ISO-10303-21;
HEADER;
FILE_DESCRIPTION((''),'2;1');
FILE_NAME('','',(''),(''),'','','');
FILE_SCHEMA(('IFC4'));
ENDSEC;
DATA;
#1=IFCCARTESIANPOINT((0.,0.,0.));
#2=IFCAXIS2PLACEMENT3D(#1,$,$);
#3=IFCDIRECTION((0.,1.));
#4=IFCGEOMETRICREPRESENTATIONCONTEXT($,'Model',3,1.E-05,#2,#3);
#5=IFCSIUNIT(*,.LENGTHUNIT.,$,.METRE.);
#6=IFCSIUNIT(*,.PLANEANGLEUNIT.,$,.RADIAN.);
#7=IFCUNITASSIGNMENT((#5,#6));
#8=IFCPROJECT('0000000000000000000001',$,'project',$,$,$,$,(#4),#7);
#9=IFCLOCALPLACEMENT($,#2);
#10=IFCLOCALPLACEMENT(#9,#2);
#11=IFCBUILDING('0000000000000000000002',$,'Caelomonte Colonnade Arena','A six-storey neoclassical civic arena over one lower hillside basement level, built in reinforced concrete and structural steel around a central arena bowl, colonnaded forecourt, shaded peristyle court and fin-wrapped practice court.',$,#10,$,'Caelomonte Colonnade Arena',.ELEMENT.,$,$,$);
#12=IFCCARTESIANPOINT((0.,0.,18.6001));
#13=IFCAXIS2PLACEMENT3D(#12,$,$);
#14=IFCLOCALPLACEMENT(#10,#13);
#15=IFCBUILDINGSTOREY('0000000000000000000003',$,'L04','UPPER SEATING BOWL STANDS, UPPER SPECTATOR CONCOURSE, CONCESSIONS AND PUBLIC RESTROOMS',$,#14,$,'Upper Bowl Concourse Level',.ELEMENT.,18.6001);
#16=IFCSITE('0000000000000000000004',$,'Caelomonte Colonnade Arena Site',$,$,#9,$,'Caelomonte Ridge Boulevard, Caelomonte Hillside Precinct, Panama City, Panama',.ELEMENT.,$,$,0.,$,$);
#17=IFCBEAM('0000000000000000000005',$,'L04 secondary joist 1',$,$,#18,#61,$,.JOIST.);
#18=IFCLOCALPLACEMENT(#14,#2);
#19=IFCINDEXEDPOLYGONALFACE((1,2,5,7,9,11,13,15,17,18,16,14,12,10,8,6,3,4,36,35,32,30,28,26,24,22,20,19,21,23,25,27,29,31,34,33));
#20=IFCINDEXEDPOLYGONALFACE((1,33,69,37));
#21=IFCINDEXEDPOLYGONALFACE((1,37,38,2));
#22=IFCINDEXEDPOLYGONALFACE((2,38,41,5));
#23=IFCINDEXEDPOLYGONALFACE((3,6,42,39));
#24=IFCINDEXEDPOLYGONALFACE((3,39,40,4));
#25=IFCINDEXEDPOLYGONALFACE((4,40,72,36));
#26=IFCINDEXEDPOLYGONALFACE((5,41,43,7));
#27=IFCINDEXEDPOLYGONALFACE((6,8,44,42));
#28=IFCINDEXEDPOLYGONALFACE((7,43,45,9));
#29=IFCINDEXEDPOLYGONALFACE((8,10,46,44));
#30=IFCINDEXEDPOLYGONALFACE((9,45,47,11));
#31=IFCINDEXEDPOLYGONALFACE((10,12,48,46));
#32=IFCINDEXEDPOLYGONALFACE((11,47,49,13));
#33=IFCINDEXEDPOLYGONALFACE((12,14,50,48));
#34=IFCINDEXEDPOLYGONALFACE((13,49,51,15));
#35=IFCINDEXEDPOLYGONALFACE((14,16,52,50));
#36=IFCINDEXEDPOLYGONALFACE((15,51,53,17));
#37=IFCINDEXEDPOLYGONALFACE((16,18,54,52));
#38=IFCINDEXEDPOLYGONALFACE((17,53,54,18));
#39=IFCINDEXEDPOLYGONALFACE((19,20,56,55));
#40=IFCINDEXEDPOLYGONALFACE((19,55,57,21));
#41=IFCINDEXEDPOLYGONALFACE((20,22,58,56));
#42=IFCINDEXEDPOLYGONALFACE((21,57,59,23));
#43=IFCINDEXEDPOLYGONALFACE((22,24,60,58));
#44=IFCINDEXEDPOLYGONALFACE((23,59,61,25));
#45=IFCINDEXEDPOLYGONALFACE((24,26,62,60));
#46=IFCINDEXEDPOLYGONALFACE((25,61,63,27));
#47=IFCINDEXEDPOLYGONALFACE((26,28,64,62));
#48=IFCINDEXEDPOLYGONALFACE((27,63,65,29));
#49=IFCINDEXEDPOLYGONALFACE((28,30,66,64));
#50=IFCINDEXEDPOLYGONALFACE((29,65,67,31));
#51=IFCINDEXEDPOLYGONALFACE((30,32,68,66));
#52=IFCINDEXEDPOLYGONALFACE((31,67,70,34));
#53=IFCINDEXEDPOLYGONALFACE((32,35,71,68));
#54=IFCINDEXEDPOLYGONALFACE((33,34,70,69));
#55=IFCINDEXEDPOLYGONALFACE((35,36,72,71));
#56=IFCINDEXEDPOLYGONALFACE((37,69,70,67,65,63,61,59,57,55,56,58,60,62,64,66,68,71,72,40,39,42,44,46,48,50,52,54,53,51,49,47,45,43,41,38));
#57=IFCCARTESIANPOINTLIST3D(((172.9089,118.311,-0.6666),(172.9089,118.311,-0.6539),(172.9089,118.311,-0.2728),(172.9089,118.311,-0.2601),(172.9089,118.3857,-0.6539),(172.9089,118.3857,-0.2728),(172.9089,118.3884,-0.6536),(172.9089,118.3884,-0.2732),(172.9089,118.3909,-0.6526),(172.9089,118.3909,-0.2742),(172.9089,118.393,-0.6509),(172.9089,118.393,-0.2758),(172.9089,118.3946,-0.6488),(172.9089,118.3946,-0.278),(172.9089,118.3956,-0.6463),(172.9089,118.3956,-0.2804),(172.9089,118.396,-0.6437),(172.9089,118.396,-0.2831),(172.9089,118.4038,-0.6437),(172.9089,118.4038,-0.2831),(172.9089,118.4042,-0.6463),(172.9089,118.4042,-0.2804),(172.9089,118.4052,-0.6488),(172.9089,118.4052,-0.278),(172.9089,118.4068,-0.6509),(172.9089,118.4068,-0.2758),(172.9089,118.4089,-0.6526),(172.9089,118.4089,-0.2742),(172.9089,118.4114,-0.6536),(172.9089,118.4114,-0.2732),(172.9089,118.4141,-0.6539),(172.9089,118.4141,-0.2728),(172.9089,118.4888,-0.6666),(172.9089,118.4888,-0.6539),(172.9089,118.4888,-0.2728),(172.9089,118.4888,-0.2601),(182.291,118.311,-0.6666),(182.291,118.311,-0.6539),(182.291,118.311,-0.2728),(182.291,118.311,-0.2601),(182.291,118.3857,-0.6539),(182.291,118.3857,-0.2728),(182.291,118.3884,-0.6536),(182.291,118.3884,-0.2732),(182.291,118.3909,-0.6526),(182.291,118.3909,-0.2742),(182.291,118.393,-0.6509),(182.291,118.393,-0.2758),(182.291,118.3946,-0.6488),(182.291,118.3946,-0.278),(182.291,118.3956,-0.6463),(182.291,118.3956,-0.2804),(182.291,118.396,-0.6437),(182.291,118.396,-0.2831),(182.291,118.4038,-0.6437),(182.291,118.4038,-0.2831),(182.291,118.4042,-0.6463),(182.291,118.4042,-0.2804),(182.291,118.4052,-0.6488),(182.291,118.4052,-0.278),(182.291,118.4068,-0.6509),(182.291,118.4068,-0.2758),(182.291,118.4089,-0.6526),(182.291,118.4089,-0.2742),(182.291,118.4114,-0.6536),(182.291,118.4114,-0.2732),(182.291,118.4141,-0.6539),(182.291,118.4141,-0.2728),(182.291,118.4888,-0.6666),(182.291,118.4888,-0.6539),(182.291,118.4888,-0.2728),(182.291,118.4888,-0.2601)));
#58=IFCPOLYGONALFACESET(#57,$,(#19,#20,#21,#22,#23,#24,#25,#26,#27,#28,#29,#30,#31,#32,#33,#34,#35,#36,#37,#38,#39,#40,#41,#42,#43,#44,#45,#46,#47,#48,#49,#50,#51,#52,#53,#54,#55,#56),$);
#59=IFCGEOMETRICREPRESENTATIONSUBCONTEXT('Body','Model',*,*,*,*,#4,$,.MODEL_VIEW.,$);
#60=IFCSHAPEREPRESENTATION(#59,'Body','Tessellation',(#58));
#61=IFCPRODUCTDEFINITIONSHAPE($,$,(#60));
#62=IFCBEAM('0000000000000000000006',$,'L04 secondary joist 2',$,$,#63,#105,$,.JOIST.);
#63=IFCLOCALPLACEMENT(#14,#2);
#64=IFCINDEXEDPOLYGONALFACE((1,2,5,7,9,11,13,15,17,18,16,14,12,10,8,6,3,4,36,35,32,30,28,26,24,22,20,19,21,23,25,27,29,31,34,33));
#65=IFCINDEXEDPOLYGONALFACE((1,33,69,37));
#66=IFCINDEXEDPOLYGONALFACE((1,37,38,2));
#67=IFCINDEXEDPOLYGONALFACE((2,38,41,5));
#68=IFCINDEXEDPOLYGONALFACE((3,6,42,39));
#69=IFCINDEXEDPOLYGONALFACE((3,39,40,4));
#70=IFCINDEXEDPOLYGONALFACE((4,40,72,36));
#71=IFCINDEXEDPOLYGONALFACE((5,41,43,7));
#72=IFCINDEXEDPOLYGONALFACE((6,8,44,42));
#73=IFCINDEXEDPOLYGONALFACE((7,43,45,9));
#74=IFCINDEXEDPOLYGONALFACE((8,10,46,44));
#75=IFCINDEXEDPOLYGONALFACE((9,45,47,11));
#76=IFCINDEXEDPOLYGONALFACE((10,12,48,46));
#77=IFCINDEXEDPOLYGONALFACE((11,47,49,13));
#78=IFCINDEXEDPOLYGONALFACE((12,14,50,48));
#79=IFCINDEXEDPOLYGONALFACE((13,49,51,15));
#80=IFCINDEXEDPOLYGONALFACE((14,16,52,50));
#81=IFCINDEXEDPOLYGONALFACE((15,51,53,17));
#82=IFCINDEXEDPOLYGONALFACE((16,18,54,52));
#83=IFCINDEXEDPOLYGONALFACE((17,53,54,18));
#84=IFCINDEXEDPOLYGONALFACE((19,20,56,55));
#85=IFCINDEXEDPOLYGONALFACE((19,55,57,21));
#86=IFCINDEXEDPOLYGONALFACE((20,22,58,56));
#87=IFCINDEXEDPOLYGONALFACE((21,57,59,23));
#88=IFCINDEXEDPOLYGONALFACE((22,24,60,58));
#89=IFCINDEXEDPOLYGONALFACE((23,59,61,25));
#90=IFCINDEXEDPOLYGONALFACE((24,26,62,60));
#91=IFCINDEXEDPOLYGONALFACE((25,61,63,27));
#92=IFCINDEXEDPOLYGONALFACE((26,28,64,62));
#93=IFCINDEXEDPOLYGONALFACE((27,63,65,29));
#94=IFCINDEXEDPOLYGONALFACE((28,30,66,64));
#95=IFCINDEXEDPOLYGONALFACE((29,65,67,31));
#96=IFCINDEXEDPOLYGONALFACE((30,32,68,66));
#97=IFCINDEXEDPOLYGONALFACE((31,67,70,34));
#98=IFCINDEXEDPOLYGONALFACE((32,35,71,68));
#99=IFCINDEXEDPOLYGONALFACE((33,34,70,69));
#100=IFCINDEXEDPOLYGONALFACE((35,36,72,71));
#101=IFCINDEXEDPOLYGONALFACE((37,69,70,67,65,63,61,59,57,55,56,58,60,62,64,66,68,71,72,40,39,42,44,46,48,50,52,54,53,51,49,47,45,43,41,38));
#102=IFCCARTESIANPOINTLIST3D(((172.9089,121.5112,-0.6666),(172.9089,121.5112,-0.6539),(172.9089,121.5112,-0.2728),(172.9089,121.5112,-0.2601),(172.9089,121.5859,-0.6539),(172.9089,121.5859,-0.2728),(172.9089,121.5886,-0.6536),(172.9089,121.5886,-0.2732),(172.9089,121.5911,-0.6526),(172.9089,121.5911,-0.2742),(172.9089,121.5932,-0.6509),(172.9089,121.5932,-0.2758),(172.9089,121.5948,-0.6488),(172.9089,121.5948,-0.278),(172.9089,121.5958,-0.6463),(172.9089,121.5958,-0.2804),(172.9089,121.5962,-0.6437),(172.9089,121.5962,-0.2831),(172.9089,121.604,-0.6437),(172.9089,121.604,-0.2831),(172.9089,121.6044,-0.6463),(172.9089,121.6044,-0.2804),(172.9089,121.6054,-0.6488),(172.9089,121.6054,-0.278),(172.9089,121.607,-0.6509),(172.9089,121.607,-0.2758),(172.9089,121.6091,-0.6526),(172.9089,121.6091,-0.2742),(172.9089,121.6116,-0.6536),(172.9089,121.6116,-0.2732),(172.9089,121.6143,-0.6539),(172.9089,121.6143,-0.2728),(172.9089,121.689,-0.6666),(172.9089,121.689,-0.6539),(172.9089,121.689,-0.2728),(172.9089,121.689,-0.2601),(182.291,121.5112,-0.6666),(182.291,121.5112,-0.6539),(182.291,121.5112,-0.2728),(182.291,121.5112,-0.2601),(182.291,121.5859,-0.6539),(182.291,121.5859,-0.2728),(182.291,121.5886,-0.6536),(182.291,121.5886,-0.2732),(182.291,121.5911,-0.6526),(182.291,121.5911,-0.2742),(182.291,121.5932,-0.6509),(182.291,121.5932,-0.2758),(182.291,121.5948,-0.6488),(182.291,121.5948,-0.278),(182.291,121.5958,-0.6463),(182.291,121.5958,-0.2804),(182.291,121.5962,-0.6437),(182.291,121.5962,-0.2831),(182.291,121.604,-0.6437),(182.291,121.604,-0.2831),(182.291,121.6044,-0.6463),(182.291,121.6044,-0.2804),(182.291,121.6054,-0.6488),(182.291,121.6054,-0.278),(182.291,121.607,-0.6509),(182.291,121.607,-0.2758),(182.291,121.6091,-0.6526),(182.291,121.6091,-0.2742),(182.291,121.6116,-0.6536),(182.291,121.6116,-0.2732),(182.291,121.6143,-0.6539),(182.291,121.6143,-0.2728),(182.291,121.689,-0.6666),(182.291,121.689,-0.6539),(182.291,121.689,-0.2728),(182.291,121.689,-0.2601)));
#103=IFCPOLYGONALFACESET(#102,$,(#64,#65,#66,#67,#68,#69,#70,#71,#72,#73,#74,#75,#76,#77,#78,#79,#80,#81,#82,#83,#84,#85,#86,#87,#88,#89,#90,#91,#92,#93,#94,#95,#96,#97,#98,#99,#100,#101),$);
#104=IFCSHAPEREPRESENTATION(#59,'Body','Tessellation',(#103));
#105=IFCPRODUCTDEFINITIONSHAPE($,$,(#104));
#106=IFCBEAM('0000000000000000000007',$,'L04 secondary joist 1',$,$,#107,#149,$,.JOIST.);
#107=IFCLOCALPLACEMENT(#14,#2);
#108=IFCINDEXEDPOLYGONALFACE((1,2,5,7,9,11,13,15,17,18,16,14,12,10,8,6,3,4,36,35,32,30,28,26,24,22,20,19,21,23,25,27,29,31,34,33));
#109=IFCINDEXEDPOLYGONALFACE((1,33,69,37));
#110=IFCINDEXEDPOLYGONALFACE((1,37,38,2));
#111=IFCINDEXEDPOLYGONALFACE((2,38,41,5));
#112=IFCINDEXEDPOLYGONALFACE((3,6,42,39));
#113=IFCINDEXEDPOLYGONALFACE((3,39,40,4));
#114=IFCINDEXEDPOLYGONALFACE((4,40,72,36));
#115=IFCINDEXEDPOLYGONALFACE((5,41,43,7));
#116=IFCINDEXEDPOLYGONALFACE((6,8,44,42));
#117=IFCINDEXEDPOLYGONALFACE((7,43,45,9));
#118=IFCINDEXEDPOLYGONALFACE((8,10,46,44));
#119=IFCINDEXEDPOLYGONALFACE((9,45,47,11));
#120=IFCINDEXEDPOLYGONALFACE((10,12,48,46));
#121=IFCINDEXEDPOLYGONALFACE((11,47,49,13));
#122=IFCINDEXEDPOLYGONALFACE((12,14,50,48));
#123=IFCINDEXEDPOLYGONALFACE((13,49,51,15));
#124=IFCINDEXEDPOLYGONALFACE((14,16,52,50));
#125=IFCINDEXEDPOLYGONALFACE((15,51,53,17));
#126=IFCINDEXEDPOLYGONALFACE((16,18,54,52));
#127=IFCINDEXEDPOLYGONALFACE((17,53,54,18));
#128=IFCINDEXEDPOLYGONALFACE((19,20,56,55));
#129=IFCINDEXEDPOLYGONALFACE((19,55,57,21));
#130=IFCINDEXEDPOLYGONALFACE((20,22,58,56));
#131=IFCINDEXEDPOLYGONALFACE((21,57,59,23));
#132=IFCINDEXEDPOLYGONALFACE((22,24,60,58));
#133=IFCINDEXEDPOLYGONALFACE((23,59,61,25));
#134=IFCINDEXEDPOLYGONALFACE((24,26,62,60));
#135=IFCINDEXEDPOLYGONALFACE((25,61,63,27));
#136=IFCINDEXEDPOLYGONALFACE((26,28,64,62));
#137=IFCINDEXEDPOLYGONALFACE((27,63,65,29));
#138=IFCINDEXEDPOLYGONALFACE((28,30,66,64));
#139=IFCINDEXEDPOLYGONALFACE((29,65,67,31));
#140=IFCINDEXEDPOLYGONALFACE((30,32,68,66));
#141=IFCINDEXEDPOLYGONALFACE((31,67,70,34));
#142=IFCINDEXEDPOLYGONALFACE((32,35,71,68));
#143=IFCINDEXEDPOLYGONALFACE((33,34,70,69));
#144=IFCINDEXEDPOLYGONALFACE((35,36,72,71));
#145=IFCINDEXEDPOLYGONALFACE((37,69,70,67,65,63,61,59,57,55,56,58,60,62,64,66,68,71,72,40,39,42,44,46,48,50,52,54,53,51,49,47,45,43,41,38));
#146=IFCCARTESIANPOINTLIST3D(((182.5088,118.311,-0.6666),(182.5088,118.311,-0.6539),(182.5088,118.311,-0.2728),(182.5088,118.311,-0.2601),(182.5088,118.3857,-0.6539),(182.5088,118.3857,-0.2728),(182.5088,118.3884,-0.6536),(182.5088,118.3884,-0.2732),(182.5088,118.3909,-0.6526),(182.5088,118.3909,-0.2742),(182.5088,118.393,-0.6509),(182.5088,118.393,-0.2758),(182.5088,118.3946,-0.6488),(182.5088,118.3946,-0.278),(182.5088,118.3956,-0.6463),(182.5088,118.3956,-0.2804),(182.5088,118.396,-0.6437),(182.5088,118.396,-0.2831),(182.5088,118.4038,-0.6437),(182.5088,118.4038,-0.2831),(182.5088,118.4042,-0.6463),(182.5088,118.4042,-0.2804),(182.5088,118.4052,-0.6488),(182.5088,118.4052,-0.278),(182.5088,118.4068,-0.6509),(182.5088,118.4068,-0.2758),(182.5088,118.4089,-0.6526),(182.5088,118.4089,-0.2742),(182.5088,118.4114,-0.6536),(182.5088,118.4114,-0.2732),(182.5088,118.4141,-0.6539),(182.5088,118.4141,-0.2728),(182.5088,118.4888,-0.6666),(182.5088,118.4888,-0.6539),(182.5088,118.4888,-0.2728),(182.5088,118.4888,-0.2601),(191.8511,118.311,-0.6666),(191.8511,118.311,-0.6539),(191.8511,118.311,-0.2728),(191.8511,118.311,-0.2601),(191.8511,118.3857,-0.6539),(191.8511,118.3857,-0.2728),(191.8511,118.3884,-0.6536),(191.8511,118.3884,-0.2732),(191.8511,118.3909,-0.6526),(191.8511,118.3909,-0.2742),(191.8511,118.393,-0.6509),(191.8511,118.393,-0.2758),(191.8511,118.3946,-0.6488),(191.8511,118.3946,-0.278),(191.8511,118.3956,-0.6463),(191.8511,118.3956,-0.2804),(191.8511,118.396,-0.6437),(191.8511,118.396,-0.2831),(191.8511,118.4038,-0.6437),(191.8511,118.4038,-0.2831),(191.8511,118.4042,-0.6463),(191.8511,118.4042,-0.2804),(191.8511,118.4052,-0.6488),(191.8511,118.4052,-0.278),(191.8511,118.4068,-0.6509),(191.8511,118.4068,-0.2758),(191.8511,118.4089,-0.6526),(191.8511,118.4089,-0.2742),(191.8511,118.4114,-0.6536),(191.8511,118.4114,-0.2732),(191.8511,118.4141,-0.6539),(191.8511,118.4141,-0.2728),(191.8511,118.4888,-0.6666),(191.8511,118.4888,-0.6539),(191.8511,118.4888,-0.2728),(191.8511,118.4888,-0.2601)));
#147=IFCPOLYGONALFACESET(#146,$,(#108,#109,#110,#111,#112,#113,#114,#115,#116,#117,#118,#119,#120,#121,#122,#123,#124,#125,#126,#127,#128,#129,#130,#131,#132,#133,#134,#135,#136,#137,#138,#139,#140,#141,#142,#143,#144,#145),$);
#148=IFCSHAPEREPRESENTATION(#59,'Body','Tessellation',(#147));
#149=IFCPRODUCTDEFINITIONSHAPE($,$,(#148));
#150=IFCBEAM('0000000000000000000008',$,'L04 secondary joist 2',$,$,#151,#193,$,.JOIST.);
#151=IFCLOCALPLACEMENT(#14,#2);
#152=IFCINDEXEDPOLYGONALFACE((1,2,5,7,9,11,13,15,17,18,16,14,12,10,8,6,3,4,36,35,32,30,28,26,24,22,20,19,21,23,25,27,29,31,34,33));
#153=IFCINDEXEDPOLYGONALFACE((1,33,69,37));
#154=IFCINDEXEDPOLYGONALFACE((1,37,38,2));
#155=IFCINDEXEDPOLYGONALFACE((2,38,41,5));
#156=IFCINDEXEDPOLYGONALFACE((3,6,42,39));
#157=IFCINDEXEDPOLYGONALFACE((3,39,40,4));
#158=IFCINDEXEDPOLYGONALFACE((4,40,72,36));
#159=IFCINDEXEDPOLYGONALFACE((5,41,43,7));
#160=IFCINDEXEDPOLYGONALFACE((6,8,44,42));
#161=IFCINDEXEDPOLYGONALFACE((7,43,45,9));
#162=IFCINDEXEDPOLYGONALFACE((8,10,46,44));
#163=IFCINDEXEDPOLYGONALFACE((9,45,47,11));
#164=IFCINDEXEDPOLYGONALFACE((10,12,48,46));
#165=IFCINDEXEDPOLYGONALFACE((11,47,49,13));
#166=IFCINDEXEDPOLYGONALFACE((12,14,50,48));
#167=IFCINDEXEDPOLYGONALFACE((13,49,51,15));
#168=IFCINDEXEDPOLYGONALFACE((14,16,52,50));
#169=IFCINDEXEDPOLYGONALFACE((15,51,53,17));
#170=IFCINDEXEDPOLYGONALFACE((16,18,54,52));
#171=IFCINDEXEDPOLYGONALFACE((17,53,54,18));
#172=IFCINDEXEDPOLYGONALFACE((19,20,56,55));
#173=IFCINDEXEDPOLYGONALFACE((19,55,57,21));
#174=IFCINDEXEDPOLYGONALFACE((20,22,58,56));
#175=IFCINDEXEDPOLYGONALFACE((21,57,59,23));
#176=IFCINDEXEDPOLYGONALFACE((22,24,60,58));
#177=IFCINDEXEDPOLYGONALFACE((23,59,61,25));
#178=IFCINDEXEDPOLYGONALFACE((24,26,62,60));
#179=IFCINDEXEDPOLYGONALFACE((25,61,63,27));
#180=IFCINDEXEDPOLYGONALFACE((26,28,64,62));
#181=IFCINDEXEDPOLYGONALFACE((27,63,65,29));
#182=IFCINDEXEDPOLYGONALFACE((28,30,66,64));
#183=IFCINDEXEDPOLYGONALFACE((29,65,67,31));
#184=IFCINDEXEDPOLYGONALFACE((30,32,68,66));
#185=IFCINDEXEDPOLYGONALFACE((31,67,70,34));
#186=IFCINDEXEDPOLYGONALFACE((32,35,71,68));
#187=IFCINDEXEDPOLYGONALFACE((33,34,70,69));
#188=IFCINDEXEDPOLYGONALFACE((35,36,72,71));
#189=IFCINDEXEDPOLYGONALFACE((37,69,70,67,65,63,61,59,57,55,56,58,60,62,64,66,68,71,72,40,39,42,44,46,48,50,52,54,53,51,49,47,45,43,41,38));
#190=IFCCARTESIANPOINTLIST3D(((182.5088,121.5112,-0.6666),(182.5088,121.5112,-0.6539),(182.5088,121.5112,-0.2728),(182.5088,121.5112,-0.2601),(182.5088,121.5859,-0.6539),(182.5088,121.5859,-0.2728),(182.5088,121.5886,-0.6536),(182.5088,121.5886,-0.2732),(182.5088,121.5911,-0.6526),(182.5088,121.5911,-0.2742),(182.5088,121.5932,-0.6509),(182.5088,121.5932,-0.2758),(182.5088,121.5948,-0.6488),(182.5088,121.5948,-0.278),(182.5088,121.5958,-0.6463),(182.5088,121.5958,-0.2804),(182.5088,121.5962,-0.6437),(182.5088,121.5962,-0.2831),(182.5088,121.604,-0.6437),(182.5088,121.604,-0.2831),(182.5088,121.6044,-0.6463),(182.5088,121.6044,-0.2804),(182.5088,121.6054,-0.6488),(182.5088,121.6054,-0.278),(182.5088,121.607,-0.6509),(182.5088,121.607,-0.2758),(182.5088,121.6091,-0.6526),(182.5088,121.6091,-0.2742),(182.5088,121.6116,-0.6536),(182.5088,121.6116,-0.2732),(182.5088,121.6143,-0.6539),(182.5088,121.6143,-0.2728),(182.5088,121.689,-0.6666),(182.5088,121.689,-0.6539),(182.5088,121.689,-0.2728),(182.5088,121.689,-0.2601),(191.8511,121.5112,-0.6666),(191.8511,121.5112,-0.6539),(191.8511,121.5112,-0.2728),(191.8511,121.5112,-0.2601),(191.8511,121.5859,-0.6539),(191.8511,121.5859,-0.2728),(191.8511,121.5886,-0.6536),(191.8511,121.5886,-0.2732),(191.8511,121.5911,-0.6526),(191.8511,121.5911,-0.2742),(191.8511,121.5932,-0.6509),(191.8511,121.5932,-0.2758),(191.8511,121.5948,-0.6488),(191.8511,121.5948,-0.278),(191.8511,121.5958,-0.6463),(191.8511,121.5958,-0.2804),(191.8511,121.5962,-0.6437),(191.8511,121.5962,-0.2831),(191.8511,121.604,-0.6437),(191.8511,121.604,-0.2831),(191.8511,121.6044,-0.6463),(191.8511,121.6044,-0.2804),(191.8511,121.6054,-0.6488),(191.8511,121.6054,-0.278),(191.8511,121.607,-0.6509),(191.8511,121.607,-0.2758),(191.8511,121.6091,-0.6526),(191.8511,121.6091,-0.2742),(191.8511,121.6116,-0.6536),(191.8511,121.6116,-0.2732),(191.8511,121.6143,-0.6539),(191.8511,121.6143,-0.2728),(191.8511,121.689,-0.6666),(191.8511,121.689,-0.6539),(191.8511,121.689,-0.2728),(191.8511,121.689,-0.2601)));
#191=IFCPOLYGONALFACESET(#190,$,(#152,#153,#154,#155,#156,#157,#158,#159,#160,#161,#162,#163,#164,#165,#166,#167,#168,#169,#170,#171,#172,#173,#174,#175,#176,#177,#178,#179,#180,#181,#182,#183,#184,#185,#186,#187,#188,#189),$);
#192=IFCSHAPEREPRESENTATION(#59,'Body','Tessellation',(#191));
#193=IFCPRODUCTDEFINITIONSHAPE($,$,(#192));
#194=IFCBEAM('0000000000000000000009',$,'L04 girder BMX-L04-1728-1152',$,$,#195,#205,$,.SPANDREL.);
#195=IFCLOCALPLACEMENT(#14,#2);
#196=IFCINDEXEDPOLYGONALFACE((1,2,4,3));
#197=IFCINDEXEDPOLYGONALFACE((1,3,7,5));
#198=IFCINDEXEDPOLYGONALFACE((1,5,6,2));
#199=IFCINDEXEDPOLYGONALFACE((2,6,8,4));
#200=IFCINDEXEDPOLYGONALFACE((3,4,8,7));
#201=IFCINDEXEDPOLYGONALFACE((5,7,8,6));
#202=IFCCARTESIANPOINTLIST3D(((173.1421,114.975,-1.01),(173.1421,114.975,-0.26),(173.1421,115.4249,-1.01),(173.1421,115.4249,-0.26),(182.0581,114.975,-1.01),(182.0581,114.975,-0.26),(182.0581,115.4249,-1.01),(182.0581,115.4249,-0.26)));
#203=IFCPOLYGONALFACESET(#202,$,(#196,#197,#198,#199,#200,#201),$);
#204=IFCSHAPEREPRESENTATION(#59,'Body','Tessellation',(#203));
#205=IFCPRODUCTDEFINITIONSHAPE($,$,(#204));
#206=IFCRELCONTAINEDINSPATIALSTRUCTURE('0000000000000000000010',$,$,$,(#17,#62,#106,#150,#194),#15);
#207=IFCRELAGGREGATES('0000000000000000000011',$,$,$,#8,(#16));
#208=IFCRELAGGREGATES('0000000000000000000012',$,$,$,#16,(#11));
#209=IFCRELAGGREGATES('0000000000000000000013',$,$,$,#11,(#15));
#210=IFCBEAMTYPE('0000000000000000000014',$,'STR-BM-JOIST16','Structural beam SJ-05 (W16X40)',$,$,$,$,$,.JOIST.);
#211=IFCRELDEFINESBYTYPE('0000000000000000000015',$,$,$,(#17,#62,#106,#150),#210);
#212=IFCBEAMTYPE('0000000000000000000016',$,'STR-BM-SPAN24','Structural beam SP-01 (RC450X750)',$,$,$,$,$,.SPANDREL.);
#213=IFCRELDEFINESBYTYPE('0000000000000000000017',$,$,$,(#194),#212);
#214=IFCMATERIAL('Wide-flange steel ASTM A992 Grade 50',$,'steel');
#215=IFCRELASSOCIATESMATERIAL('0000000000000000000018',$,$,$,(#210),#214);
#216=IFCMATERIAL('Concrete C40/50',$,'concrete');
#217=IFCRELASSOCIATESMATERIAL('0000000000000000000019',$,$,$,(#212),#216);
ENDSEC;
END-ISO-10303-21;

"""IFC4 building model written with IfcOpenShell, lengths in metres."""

from ifc_helpers import new_model, si_unit, direction, frame, origin, origin_2d, place, context, subcontext, project, spatial, rectangle, i_section, extrude, material, material_profile, profile_set, type_object, element, save


model = new_model("IFC4")

# Units and contexts
model_context = context("Model", 3, precision=1e-05, world=origin(), true_north=direction((0.0, 1.0)))
body_context = subcontext(model_context, "Body", "Model", "MODEL_VIEW")
ifc_project = project(units=[si_unit("LENGTHUNIT", "METRE"), si_unit("PLANEANGLEUNIT", "RADIAN")], contexts=[model_context])

# Site, building, storey
site_placement = place(None, origin())
site = spatial("IfcSite", under=ifc_project, at=site_placement, Name="Caelomonte Colonnade Arena Site", LongName="Caelomonte Ridge Boulevard, Caelomonte Hillside Precinct, Panama City, Panama", CompositionType="ELEMENT", RefElevation=0.0)
building_placement = place(site_placement, origin())
building = spatial("IfcBuilding", under=site, at=building_placement, Name="Caelomonte Colonnade Arena", Description="A six-storey neoclassical civic arena over one lower hillside basement level, built in reinforced concrete and structural steel around a central arena bowl, colonnaded forecourt, shaded peristyle court and fin-wrapped practice court.", LongName="Caelomonte Colonnade Arena", CompositionType="ELEMENT")
storey_placement = place(building_placement, frame((0.0, 0.0, 18.6001)))
storey = spatial("IfcBuildingStorey", under=building, at=storey_placement, Name="L04", Description="UPPER SEATING BOWL STANDS, UPPER SPECTATOR CONCOURSE, CONCESSIONS AND PUBLIC RESTROOMS", LongName="Upper Bowl Concourse Level", CompositionType="ELEMENT", Elevation=18.6001)

# Shared definitions
ifc_material_1 = material(Name="Wide-flange steel ASTM A992 Grade 50", Category="steel")

# Beams
ifc_material_profile_1 = material_profile(ifc_material_1, i_section(OverallWidth=0.1777, OverallDepth=0.4065, WebThickness=0.0078, FlangeThickness=0.0127, FilletRadius=0.0103, at=origin_2d()), Name="W16X40")
ifc_profile_set_1 = profile_set([ifc_material_profile_1], Name="Wide-flange steel ASTM A992 Grade 50")
beam_type_1 = type_object("IfcBeamType", Name="STR-BM-JOIST16", Description="Structural beam SJ-05 (W16X40)", PredefinedType="JOIST", material=ifc_profile_set_1)
for number, where, z_axis, x_axis, name in (
    (1, (172.9089, 118.3999, -0.4634), (1.0, 0.0, 0.0), (0.0, 1.0, 0.0), "L04 secondary joist 1"),
    (2, (172.9089, 121.6001, -0.4634), (1.0, 0.0, 0.0), (0.0, 1.0, 0.0), "L04 secondary joist 2"),
):
    element("IfcBeam", number, at=place(storey_placement, frame(where, z_axis=z_axis, x_axis=x_axis)), inside=storey, type_object=beam_type_1, Name=name, PredefinedType="JOIST", context=body_context, shape_type="SweptSolid", body=[
        extrude(i_section(OverallWidth=0.1777, OverallDepth=0.4065, WebThickness=0.0078, FlangeThickness=0.0127, FilletRadius=0.0103, at=origin_2d()), origin(), (0.0, 0.0, 1.0), 9.3821),
    ])
for number, where, z_axis, x_axis, name in (
    (3, (182.5088, 118.3999, -0.4634), (1.0, 0.0, 0.0), (0.0, 1.0, 0.0), "L04 secondary joist 1"),
    (4, (182.5088, 121.6001, -0.4634), (1.0, 0.0, 0.0), (0.0, 1.0, 0.0), "L04 secondary joist 2"),
):
    element("IfcBeam", number, at=place(storey_placement, frame(where, z_axis=z_axis, x_axis=x_axis)), inside=storey, type_object=beam_type_1, Name=name, PredefinedType="JOIST", context=body_context, shape_type="SweptSolid", body=[
        extrude(i_section(OverallWidth=0.1777, OverallDepth=0.4065, WebThickness=0.0078, FlangeThickness=0.0127, FilletRadius=0.0103, at=origin_2d()), origin(), (0.0, 0.0, 1.0), 9.3423),
    ])
ifc_material_2 = material(Name="Concrete C40/50", Category="concrete")
ifc_material_profile_2 = material_profile(ifc_material_2, rectangle(XDim=0.45, YDim=0.75, at=origin_2d()), Name="RC450X750")
ifc_profile_set_2 = profile_set([ifc_material_profile_2], Name="Concrete C40/50")
beam_type_2 = type_object("IfcBeamType", Name="STR-BM-SPAN24", Description="Structural beam SP-01 (RC450X750)", PredefinedType="SPANDREL", material=ifc_profile_set_2)
for number, where, z_axis, x_axis, name in (
    (5, (173.1421, 115.2, -0.635), (1.0, 0.0, 0.0), (0.0, 1.0, 0.0), "L04 girder BMX-L04-1728-1152"),
):
    element("IfcBeam", number, at=place(storey_placement, frame(where, z_axis=z_axis, x_axis=x_axis)), inside=storey, type_object=beam_type_2, Name=name, PredefinedType="SPANDREL", context=body_context, shape_type="SweptSolid", body=[
        extrude(rectangle(XDim=0.45, YDim=0.75, at=origin_2d()), origin(), (0.0, 0.0, 1.0), 8.916),
    ])

save(model, "model.ifc")
